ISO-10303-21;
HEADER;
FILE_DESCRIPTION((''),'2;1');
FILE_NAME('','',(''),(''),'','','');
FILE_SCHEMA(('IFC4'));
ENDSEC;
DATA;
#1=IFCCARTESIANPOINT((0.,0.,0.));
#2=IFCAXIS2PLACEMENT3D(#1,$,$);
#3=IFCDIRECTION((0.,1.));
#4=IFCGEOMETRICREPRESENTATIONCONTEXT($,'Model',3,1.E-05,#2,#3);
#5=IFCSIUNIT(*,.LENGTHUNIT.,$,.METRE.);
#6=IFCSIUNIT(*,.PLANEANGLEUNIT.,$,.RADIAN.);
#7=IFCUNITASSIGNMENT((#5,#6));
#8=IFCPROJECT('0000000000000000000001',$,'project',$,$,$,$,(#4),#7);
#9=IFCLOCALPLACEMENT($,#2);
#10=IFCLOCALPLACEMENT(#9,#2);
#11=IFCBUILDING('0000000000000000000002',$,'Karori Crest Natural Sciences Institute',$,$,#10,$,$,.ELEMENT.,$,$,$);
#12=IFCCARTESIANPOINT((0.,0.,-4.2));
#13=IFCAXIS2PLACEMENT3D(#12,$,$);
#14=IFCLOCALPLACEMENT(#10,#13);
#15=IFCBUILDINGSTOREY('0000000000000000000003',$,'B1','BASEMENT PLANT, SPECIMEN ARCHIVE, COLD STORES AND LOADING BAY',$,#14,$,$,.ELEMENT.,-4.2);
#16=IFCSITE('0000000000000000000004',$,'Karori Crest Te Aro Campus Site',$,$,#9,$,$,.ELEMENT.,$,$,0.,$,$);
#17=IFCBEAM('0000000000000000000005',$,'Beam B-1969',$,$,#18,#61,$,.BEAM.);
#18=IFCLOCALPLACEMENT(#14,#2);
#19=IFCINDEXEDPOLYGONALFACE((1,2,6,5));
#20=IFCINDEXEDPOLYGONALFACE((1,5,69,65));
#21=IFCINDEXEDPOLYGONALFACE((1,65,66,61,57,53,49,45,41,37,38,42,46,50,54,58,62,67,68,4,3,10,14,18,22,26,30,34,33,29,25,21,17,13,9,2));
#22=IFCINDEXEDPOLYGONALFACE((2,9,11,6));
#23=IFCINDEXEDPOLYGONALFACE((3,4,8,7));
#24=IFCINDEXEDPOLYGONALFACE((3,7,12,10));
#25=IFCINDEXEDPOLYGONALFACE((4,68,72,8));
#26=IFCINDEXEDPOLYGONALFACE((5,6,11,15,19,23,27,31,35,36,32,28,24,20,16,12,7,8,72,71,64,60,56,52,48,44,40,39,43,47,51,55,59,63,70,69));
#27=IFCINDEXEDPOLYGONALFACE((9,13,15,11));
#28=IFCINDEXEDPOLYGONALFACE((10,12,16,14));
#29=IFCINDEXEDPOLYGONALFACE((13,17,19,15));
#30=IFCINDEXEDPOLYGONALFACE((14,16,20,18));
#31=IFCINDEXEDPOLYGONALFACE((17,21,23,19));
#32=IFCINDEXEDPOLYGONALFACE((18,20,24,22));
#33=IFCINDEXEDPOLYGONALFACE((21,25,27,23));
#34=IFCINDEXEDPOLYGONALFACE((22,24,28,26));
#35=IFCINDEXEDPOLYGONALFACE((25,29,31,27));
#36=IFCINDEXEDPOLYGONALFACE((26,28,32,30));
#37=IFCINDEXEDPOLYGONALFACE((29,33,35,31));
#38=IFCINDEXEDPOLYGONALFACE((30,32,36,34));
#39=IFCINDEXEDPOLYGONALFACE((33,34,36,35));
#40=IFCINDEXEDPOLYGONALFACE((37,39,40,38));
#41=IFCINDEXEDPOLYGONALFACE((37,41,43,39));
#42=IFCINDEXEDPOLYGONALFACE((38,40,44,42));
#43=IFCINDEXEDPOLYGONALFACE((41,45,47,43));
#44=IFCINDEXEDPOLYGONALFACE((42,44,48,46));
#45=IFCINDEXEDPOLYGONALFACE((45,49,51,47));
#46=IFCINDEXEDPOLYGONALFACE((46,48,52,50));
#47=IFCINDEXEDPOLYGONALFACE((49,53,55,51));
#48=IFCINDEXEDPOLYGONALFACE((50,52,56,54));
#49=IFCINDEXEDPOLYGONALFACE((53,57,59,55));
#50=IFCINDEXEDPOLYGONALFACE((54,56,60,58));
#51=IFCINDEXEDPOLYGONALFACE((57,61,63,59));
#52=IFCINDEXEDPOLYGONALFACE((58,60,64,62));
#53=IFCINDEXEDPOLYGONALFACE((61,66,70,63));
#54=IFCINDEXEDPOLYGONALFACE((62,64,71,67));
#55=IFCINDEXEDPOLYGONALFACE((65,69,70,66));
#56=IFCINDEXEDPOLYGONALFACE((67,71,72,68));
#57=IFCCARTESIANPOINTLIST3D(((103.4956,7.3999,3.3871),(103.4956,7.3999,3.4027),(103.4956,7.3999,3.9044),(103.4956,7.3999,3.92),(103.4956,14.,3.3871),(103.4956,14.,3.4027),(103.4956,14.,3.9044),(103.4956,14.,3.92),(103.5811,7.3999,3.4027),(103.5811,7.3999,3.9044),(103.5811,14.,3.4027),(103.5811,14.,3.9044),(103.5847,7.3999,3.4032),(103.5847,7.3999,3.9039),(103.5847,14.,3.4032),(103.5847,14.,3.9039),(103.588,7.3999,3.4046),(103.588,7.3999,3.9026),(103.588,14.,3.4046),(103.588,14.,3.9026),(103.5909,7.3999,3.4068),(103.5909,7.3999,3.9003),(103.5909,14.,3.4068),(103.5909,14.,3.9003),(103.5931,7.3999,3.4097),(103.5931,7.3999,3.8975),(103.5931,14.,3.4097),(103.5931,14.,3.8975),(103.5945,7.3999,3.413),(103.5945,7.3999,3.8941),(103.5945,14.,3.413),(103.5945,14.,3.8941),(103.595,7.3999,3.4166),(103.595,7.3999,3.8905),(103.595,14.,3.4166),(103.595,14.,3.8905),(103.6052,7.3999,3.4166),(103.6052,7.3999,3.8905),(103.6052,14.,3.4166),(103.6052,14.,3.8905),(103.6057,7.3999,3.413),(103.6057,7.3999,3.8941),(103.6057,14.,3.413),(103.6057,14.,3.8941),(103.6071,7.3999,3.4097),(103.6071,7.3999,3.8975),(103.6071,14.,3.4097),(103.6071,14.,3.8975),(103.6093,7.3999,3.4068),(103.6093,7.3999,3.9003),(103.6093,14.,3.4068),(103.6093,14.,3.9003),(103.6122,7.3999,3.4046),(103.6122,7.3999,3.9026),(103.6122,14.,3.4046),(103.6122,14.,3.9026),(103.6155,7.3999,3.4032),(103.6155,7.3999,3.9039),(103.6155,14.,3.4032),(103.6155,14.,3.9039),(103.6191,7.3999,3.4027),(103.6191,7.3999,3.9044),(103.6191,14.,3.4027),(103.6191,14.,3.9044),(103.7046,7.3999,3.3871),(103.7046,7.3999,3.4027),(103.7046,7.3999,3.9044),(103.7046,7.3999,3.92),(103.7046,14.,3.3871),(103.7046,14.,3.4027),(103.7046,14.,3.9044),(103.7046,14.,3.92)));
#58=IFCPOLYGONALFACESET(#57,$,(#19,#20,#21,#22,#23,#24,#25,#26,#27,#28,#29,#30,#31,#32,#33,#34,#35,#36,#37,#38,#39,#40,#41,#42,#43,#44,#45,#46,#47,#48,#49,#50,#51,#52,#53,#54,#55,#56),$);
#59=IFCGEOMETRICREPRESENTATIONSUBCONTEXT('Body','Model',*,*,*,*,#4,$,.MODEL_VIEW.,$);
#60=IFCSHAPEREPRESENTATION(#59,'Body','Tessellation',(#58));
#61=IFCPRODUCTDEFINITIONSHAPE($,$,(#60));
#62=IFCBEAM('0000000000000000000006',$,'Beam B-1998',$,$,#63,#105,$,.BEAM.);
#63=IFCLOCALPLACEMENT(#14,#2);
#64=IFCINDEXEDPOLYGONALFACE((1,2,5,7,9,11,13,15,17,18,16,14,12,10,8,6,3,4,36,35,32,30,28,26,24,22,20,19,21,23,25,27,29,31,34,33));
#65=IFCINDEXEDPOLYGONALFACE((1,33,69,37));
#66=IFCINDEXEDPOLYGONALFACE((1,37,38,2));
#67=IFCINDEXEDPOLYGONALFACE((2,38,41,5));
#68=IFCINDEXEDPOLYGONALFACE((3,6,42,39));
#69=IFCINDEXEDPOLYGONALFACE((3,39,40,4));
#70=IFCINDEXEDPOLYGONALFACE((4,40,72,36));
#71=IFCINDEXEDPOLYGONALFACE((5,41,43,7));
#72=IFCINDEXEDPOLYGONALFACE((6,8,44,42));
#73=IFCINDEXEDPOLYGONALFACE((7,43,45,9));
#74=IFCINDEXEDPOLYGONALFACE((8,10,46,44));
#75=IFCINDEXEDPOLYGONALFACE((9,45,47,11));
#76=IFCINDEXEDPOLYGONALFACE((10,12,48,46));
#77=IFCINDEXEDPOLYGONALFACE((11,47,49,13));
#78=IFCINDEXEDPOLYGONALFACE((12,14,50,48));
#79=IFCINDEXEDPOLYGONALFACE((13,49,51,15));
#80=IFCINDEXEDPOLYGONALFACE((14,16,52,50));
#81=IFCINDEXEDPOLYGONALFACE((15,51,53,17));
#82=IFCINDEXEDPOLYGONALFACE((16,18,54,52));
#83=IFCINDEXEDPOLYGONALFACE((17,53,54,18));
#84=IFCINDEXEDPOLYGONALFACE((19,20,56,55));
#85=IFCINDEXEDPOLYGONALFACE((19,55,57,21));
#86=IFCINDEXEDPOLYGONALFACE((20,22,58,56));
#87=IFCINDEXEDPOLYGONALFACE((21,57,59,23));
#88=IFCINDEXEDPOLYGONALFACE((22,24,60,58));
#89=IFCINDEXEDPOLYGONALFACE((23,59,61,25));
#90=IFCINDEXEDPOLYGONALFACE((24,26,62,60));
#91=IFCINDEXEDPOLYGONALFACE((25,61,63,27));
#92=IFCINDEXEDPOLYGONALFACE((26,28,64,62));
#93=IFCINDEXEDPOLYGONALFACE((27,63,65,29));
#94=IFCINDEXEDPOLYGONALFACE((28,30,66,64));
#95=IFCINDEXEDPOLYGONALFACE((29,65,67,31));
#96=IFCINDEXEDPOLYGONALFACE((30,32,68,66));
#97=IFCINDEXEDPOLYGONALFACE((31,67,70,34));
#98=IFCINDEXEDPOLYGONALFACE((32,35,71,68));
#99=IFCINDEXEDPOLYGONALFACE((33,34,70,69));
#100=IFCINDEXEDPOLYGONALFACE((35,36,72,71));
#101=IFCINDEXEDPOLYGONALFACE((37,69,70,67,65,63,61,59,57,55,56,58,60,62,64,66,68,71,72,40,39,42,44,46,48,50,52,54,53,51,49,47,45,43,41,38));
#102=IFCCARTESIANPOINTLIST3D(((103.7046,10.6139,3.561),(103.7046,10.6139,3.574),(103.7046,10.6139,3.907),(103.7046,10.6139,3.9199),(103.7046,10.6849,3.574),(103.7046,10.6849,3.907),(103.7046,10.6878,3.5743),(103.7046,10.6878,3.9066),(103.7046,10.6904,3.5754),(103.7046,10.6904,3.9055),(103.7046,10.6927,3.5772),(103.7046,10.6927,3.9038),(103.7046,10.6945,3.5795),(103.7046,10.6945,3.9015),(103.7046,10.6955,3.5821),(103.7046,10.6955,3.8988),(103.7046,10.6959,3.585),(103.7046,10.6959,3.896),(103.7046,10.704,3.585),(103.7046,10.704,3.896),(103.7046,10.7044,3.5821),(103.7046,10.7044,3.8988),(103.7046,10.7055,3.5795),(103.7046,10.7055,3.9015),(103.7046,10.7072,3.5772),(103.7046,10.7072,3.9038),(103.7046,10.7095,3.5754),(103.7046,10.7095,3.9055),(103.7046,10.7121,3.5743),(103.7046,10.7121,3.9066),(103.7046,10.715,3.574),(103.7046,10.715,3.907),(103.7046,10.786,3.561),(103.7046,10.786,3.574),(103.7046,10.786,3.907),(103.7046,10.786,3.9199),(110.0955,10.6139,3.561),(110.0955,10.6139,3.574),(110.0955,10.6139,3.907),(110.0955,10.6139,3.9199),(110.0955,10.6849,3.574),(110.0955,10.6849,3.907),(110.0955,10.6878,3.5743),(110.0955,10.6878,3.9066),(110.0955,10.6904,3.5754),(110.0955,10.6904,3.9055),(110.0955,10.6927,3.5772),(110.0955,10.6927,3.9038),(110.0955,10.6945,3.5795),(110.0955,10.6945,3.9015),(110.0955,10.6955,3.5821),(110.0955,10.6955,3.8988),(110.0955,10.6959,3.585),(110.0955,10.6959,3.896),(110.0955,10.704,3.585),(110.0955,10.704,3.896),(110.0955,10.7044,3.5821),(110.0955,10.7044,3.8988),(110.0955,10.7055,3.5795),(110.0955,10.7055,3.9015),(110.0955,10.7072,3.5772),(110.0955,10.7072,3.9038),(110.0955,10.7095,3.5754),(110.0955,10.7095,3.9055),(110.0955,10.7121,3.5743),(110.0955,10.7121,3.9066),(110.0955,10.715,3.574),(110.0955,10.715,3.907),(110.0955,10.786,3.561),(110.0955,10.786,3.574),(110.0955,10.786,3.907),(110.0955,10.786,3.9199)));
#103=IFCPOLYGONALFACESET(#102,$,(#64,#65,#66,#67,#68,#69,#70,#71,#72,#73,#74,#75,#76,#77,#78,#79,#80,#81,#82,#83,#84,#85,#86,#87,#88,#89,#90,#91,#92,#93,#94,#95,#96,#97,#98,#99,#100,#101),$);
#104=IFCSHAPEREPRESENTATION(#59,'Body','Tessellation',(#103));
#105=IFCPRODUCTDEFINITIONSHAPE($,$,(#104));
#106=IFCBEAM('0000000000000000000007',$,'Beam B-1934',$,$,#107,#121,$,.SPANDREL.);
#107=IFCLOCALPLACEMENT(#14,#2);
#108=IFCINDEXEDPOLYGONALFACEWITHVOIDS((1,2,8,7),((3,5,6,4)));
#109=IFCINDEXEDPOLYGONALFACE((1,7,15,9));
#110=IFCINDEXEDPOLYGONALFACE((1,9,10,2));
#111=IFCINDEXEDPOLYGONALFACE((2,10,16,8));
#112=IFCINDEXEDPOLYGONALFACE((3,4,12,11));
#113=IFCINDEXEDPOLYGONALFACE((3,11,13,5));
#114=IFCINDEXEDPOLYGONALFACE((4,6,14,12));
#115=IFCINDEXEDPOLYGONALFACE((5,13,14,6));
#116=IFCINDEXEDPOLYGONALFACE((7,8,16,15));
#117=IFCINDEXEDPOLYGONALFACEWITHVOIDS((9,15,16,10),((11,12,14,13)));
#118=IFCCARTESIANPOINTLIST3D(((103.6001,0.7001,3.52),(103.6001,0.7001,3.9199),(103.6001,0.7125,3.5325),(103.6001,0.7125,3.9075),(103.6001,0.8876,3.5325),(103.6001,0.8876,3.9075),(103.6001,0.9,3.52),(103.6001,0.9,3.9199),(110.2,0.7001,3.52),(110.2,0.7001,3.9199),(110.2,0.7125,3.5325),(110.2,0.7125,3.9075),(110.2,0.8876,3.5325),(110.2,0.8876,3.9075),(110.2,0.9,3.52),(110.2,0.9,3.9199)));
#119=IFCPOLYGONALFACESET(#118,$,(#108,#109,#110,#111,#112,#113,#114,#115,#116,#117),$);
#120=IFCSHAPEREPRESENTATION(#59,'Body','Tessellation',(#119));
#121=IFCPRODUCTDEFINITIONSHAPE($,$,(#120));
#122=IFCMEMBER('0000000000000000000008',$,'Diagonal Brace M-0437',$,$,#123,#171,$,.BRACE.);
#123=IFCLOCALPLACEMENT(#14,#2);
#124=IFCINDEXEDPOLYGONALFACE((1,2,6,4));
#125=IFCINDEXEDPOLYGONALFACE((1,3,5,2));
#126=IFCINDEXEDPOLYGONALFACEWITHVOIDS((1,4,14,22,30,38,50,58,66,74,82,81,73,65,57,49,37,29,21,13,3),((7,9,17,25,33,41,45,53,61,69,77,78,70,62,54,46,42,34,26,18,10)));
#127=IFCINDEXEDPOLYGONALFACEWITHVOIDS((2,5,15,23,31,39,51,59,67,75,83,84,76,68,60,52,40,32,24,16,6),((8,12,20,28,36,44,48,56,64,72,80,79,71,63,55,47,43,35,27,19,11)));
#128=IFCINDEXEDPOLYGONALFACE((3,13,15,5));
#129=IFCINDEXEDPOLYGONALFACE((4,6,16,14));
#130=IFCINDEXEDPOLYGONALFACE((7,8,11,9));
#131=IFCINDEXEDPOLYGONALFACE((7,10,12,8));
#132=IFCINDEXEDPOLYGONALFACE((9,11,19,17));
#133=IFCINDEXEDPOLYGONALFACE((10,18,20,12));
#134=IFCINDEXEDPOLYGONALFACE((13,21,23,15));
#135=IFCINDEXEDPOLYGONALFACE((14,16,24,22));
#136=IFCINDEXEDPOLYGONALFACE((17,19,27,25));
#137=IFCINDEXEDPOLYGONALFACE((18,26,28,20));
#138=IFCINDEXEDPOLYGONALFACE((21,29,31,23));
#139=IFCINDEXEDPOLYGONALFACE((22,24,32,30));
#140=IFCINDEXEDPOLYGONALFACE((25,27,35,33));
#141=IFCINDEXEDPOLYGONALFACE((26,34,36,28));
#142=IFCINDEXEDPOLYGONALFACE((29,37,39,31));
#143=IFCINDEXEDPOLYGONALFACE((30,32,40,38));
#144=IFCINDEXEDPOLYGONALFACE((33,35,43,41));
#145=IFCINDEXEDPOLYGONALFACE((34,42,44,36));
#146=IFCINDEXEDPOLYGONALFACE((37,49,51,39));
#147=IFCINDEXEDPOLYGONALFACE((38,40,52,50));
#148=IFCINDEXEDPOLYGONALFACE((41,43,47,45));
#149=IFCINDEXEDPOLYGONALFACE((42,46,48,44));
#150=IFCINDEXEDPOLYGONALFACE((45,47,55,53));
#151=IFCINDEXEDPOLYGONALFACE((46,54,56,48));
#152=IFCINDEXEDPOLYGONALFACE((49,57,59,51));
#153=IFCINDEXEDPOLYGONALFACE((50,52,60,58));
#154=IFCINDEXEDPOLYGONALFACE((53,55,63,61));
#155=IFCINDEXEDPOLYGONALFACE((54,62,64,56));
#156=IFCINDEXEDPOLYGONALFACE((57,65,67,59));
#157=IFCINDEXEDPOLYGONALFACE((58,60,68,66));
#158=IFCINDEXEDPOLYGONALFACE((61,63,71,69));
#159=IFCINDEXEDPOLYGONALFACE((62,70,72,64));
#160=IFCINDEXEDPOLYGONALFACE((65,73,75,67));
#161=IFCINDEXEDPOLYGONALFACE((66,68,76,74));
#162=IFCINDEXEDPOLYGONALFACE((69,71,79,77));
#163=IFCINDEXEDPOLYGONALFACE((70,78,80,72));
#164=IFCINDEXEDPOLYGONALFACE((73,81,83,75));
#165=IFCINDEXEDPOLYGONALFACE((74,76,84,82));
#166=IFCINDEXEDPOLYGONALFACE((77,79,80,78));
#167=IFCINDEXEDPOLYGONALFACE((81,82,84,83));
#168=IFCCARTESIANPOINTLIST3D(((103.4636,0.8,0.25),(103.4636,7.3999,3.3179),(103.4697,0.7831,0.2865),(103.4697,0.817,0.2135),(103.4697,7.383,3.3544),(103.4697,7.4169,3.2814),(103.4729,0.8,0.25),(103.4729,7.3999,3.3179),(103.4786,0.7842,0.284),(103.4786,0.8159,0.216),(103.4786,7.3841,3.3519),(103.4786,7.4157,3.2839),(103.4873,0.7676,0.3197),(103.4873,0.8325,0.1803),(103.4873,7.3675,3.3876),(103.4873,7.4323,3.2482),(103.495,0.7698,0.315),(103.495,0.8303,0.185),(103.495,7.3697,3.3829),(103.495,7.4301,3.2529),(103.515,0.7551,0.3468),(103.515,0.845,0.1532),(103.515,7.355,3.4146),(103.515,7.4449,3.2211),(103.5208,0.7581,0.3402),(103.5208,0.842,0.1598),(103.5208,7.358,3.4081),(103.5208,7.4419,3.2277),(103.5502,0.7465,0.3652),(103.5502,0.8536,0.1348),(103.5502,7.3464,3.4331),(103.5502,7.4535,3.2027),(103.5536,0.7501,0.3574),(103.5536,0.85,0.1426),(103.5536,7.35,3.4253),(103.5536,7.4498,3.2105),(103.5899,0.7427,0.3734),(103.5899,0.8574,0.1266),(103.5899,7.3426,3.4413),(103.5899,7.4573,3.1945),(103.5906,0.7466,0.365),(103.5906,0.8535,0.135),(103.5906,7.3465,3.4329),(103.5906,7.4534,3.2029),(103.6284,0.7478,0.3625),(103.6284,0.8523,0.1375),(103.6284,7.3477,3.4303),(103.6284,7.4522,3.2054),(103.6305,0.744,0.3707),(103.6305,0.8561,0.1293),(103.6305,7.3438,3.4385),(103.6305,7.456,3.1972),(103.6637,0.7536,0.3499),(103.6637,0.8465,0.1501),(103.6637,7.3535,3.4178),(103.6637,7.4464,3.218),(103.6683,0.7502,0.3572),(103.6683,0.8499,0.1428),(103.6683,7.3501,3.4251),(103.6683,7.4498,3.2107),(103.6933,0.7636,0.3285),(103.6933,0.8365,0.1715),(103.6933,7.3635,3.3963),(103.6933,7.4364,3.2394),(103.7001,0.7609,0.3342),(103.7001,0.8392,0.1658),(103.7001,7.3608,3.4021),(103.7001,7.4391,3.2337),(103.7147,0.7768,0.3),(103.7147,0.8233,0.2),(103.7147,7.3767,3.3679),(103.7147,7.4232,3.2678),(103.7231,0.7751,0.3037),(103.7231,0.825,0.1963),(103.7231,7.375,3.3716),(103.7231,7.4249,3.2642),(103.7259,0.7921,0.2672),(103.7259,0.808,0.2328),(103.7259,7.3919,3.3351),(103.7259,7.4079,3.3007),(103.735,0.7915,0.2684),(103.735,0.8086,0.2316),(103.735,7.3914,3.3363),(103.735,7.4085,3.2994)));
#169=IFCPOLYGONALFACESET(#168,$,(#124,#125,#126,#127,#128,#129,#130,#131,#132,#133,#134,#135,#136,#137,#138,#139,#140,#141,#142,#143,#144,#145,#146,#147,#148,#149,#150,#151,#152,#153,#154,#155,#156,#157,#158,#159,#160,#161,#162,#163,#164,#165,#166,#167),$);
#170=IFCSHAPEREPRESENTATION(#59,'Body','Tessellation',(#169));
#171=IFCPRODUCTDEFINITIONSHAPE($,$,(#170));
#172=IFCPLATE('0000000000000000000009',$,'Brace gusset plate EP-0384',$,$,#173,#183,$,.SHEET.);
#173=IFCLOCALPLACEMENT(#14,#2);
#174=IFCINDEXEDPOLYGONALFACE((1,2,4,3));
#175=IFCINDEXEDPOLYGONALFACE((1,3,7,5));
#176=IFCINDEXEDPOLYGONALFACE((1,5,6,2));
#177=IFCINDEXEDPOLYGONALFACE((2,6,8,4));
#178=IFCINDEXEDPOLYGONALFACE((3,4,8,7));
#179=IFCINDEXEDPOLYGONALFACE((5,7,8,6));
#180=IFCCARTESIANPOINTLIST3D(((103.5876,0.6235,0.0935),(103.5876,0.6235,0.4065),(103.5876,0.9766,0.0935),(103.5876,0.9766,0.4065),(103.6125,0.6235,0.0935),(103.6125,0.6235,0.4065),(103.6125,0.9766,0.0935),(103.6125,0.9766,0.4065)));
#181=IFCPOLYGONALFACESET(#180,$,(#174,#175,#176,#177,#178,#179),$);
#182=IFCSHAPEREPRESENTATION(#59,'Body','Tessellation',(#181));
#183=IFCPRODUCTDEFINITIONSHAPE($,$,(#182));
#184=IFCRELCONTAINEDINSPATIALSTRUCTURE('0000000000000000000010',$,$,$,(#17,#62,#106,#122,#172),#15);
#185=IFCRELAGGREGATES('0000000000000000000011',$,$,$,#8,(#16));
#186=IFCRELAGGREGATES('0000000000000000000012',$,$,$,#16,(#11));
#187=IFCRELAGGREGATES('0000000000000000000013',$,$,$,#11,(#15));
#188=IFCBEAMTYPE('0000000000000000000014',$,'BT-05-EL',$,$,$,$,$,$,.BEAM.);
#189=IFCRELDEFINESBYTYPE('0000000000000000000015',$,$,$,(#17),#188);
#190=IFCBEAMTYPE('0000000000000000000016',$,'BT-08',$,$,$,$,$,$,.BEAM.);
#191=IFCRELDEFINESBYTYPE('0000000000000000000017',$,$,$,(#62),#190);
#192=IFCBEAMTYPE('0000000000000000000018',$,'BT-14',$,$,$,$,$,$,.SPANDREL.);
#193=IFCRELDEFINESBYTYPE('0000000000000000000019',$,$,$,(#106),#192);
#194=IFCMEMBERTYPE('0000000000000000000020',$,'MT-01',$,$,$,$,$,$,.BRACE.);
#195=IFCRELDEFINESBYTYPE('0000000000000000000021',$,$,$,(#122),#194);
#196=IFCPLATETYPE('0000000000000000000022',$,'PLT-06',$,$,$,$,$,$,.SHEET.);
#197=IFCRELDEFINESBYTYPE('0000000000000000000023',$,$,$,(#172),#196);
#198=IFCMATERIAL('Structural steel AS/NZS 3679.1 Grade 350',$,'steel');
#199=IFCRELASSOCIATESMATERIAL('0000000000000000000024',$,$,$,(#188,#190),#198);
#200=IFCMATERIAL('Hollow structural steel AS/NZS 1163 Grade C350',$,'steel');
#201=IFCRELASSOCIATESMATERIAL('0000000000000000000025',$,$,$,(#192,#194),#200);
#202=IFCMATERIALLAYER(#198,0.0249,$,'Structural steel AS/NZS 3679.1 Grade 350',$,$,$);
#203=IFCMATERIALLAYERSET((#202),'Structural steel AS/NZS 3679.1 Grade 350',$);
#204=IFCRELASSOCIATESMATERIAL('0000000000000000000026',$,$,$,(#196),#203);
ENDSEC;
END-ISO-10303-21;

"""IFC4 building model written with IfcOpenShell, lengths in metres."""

from ifc_helpers import new_model, si_unit, direction, frame, origin, origin_2d, place, context, subcontext, project, spatial, rectangle, hollow_rectangle, hollow_circle, i_section, extrude, material, layer, layer_set, material_profile, profile_set, type_object, element, save


model = new_model("IFC4")

# Units and contexts
model_context = context("Model", 3, precision=1e-05, world=origin(), true_north=direction((0.0, 1.0)))
body_context = subcontext(model_context, "Body", "Model", "MODEL_VIEW")
ifc_project = project(units=[si_unit("LENGTHUNIT", "METRE"), si_unit("PLANEANGLEUNIT", "RADIAN")], contexts=[model_context])

# Site, building, storey
site_placement = place(None, origin())
site = spatial("IfcSite", under=ifc_project, at=site_placement, Name="Karori Crest Te Aro Campus Site", CompositionType="ELEMENT", RefElevation=0.0)
building_placement = place(site_placement, origin())
building = spatial("IfcBuilding", under=site, at=building_placement, Name="Karori Crest Natural Sciences Institute", CompositionType="ELEMENT")
storey_placement = place(building_placement, frame((0.0, 0.0, -4.2)))
storey = spatial("IfcBuildingStorey", under=building, at=storey_placement, Name="B1", Description="BASEMENT PLANT, SPECIMEN ARCHIVE, COLD STORES AND LOADING BAY", CompositionType="ELEMENT", Elevation=-4.2)

# Shared definitions
ifc_material_1 = material(Name="Structural steel AS/NZS 3679.1 Grade 350", Category="steel")

# Beams
ifc_material_profile_1 = material_profile(ifc_material_1, i_section(OverallWidth=0.209, OverallDepth=0.533, WebThickness=0.0103, FlangeThickness=0.0156, FilletRadius=0.0139, at=origin_2d()), Name="530UB92.4")
ifc_profile_set_1 = profile_set([ifc_material_profile_1], Name="Structural steel AS/NZS 3679.1 Grade 350")
beam_type_1 = type_object("IfcBeamType", Name="BT-05-EL", PredefinedType="BEAM", material=ifc_profile_set_1)
beam_1_placement = place(storey_placement, frame((103.6001, 7.3999, 3.6536), z_axis=(0.0, 1.0, 0.0), x_axis=(-1.0, 0.0, 0.0)))
element("IfcBeam", 1, at=beam_1_placement, inside=storey, type_object=beam_type_1, Name="Beam B-1969", PredefinedType="BEAM", context=body_context, shape_type="SweptSolid", body=[
    extrude(i_section(OverallWidth=0.209, OverallDepth=0.533, WebThickness=0.0103, FlangeThickness=0.0156, FilletRadius=0.0139, at=origin_2d()), origin(), (0.0, 0.0, 1.0), 6.6001),
])
ifc_material_profile_2 = material_profile(ifc_material_1, i_section(OverallWidth=0.1721, OverallDepth=0.3589, WebThickness=0.0081, FlangeThickness=0.0129, FilletRadius=0.011, at=origin_2d()), Name="360UB56.7")
ifc_profile_set_2 = profile_set([ifc_material_profile_2], Name="Structural steel AS/NZS 3679.1 Grade 350")
beam_type_2 = type_object("IfcBeamType", Name="BT-08", PredefinedType="BEAM", material=ifc_profile_set_2)
beam_2_placement = place(storey_placement, frame((103.7046, 10.7, 3.7405), z_axis=(1.0, 0.0, 0.0), x_axis=(0.0, 1.0, 0.0)))
element("IfcBeam", 2, at=beam_2_placement, inside=storey, type_object=beam_type_2, Name="Beam B-1998", PredefinedType="BEAM", context=body_context, shape_type="SweptSolid", body=[
    extrude(i_section(OverallWidth=0.1721, OverallDepth=0.3589, WebThickness=0.0081, FlangeThickness=0.0129, FilletRadius=0.011, at=origin_2d()), origin(), (0.0, 0.0, 1.0), 6.3909),
])
ifc_material_2 = material(Name="Hollow structural steel AS/NZS 1163 Grade C350", Category="steel")
ifc_material_profile_3 = material_profile(ifc_material_2, hollow_rectangle(XDim=0.2, YDim=0.3999, WallThickness=0.0125, at=origin_2d()), Name="RHS400x200x12.5")
ifc_profile_set_3 = profile_set([ifc_material_profile_3], Name="Hollow structural steel AS/NZS 1163 Grade C350")
beam_type_3 = type_object("IfcBeamType", Name="BT-14", PredefinedType="SPANDREL", material=ifc_profile_set_3)
beam_3_placement = place(storey_placement, frame((103.6001, 0.8, 3.72), z_axis=(1.0, 0.0, 0.0), x_axis=(0.0, 1.0, 0.0)))
element("IfcBeam", 3, at=beam_3_placement, inside=storey, type_object=beam_type_3, Name="Beam B-1934", PredefinedType="SPANDREL", context=body_context, shape_type="SweptSolid", body=[
    extrude(hollow_rectangle(XDim=0.2, YDim=0.3999, WallThickness=0.0125, at=origin_2d()), origin(), (0.0, 0.0, 1.0), 6.5999),
])

# Member
ifc_material_profile_4 = material_profile(ifc_material_2, hollow_circle(Radius=0.1365, WallThickness=0.0093, at=origin_2d()), Name="CHS273.0x9.3")
ifc_profile_set_4 = profile_set([ifc_material_profile_4], Name="Hollow structural steel AS/NZS 1163 Grade C350")
member_type = type_object("IfcMemberType", Name="MT-01", PredefinedType="BRACE", material=ifc_profile_set_4)
member_placement = place(storey_placement, frame((103.6001, 0.8, 0.25), z_axis=(0.0, 0.906817, 0.421524), x_axis=(-1.0, 0.0, 0.0)))
element("IfcMember", 4, at=member_placement, inside=storey, type_object=member_type, Name="Diagonal Brace M-0437", PredefinedType="BRACE", context=body_context, shape_type="SweptSolid", body=[
    extrude(hollow_circle(Radius=0.1365, WallThickness=0.0093, at=origin_2d()), origin(), (0.0, 0.0, 1.0), 7.2781),
])

# Plate
ifc_layer_1 = layer(ifc_material_1, 0.0249, Name="Structural steel AS/NZS 3679.1 Grade 350")
ifc_layer_set_1 = layer_set([ifc_layer_1], Name="Structural steel AS/NZS 3679.1 Grade 350")
plate_type = type_object("IfcPlateType", Name="PLT-06", PredefinedType="SHEET", material=ifc_layer_set_1)
for number, where, z_axis, x_axis, name in (
    (5, (103.6001, 0.8, 0.0935), (0.0, 0.0, 1.0), (0.0, 1.0, 0.0), "Brace gusset plate EP-0384"),
):
    element("IfcPlate", number, at=place(storey_placement, frame(where, z_axis=z_axis, x_axis=x_axis)), inside=storey, type_object=plate_type, Name=name, PredefinedType="SHEET", context=body_context, shape_type="SweptSolid", body=[
        extrude(rectangle(XDim=0.353, YDim=0.0249, at=origin_2d()), origin(), (0.0, 0.0, 1.0), 0.313),
    ])

save(model, "model.ifc")
